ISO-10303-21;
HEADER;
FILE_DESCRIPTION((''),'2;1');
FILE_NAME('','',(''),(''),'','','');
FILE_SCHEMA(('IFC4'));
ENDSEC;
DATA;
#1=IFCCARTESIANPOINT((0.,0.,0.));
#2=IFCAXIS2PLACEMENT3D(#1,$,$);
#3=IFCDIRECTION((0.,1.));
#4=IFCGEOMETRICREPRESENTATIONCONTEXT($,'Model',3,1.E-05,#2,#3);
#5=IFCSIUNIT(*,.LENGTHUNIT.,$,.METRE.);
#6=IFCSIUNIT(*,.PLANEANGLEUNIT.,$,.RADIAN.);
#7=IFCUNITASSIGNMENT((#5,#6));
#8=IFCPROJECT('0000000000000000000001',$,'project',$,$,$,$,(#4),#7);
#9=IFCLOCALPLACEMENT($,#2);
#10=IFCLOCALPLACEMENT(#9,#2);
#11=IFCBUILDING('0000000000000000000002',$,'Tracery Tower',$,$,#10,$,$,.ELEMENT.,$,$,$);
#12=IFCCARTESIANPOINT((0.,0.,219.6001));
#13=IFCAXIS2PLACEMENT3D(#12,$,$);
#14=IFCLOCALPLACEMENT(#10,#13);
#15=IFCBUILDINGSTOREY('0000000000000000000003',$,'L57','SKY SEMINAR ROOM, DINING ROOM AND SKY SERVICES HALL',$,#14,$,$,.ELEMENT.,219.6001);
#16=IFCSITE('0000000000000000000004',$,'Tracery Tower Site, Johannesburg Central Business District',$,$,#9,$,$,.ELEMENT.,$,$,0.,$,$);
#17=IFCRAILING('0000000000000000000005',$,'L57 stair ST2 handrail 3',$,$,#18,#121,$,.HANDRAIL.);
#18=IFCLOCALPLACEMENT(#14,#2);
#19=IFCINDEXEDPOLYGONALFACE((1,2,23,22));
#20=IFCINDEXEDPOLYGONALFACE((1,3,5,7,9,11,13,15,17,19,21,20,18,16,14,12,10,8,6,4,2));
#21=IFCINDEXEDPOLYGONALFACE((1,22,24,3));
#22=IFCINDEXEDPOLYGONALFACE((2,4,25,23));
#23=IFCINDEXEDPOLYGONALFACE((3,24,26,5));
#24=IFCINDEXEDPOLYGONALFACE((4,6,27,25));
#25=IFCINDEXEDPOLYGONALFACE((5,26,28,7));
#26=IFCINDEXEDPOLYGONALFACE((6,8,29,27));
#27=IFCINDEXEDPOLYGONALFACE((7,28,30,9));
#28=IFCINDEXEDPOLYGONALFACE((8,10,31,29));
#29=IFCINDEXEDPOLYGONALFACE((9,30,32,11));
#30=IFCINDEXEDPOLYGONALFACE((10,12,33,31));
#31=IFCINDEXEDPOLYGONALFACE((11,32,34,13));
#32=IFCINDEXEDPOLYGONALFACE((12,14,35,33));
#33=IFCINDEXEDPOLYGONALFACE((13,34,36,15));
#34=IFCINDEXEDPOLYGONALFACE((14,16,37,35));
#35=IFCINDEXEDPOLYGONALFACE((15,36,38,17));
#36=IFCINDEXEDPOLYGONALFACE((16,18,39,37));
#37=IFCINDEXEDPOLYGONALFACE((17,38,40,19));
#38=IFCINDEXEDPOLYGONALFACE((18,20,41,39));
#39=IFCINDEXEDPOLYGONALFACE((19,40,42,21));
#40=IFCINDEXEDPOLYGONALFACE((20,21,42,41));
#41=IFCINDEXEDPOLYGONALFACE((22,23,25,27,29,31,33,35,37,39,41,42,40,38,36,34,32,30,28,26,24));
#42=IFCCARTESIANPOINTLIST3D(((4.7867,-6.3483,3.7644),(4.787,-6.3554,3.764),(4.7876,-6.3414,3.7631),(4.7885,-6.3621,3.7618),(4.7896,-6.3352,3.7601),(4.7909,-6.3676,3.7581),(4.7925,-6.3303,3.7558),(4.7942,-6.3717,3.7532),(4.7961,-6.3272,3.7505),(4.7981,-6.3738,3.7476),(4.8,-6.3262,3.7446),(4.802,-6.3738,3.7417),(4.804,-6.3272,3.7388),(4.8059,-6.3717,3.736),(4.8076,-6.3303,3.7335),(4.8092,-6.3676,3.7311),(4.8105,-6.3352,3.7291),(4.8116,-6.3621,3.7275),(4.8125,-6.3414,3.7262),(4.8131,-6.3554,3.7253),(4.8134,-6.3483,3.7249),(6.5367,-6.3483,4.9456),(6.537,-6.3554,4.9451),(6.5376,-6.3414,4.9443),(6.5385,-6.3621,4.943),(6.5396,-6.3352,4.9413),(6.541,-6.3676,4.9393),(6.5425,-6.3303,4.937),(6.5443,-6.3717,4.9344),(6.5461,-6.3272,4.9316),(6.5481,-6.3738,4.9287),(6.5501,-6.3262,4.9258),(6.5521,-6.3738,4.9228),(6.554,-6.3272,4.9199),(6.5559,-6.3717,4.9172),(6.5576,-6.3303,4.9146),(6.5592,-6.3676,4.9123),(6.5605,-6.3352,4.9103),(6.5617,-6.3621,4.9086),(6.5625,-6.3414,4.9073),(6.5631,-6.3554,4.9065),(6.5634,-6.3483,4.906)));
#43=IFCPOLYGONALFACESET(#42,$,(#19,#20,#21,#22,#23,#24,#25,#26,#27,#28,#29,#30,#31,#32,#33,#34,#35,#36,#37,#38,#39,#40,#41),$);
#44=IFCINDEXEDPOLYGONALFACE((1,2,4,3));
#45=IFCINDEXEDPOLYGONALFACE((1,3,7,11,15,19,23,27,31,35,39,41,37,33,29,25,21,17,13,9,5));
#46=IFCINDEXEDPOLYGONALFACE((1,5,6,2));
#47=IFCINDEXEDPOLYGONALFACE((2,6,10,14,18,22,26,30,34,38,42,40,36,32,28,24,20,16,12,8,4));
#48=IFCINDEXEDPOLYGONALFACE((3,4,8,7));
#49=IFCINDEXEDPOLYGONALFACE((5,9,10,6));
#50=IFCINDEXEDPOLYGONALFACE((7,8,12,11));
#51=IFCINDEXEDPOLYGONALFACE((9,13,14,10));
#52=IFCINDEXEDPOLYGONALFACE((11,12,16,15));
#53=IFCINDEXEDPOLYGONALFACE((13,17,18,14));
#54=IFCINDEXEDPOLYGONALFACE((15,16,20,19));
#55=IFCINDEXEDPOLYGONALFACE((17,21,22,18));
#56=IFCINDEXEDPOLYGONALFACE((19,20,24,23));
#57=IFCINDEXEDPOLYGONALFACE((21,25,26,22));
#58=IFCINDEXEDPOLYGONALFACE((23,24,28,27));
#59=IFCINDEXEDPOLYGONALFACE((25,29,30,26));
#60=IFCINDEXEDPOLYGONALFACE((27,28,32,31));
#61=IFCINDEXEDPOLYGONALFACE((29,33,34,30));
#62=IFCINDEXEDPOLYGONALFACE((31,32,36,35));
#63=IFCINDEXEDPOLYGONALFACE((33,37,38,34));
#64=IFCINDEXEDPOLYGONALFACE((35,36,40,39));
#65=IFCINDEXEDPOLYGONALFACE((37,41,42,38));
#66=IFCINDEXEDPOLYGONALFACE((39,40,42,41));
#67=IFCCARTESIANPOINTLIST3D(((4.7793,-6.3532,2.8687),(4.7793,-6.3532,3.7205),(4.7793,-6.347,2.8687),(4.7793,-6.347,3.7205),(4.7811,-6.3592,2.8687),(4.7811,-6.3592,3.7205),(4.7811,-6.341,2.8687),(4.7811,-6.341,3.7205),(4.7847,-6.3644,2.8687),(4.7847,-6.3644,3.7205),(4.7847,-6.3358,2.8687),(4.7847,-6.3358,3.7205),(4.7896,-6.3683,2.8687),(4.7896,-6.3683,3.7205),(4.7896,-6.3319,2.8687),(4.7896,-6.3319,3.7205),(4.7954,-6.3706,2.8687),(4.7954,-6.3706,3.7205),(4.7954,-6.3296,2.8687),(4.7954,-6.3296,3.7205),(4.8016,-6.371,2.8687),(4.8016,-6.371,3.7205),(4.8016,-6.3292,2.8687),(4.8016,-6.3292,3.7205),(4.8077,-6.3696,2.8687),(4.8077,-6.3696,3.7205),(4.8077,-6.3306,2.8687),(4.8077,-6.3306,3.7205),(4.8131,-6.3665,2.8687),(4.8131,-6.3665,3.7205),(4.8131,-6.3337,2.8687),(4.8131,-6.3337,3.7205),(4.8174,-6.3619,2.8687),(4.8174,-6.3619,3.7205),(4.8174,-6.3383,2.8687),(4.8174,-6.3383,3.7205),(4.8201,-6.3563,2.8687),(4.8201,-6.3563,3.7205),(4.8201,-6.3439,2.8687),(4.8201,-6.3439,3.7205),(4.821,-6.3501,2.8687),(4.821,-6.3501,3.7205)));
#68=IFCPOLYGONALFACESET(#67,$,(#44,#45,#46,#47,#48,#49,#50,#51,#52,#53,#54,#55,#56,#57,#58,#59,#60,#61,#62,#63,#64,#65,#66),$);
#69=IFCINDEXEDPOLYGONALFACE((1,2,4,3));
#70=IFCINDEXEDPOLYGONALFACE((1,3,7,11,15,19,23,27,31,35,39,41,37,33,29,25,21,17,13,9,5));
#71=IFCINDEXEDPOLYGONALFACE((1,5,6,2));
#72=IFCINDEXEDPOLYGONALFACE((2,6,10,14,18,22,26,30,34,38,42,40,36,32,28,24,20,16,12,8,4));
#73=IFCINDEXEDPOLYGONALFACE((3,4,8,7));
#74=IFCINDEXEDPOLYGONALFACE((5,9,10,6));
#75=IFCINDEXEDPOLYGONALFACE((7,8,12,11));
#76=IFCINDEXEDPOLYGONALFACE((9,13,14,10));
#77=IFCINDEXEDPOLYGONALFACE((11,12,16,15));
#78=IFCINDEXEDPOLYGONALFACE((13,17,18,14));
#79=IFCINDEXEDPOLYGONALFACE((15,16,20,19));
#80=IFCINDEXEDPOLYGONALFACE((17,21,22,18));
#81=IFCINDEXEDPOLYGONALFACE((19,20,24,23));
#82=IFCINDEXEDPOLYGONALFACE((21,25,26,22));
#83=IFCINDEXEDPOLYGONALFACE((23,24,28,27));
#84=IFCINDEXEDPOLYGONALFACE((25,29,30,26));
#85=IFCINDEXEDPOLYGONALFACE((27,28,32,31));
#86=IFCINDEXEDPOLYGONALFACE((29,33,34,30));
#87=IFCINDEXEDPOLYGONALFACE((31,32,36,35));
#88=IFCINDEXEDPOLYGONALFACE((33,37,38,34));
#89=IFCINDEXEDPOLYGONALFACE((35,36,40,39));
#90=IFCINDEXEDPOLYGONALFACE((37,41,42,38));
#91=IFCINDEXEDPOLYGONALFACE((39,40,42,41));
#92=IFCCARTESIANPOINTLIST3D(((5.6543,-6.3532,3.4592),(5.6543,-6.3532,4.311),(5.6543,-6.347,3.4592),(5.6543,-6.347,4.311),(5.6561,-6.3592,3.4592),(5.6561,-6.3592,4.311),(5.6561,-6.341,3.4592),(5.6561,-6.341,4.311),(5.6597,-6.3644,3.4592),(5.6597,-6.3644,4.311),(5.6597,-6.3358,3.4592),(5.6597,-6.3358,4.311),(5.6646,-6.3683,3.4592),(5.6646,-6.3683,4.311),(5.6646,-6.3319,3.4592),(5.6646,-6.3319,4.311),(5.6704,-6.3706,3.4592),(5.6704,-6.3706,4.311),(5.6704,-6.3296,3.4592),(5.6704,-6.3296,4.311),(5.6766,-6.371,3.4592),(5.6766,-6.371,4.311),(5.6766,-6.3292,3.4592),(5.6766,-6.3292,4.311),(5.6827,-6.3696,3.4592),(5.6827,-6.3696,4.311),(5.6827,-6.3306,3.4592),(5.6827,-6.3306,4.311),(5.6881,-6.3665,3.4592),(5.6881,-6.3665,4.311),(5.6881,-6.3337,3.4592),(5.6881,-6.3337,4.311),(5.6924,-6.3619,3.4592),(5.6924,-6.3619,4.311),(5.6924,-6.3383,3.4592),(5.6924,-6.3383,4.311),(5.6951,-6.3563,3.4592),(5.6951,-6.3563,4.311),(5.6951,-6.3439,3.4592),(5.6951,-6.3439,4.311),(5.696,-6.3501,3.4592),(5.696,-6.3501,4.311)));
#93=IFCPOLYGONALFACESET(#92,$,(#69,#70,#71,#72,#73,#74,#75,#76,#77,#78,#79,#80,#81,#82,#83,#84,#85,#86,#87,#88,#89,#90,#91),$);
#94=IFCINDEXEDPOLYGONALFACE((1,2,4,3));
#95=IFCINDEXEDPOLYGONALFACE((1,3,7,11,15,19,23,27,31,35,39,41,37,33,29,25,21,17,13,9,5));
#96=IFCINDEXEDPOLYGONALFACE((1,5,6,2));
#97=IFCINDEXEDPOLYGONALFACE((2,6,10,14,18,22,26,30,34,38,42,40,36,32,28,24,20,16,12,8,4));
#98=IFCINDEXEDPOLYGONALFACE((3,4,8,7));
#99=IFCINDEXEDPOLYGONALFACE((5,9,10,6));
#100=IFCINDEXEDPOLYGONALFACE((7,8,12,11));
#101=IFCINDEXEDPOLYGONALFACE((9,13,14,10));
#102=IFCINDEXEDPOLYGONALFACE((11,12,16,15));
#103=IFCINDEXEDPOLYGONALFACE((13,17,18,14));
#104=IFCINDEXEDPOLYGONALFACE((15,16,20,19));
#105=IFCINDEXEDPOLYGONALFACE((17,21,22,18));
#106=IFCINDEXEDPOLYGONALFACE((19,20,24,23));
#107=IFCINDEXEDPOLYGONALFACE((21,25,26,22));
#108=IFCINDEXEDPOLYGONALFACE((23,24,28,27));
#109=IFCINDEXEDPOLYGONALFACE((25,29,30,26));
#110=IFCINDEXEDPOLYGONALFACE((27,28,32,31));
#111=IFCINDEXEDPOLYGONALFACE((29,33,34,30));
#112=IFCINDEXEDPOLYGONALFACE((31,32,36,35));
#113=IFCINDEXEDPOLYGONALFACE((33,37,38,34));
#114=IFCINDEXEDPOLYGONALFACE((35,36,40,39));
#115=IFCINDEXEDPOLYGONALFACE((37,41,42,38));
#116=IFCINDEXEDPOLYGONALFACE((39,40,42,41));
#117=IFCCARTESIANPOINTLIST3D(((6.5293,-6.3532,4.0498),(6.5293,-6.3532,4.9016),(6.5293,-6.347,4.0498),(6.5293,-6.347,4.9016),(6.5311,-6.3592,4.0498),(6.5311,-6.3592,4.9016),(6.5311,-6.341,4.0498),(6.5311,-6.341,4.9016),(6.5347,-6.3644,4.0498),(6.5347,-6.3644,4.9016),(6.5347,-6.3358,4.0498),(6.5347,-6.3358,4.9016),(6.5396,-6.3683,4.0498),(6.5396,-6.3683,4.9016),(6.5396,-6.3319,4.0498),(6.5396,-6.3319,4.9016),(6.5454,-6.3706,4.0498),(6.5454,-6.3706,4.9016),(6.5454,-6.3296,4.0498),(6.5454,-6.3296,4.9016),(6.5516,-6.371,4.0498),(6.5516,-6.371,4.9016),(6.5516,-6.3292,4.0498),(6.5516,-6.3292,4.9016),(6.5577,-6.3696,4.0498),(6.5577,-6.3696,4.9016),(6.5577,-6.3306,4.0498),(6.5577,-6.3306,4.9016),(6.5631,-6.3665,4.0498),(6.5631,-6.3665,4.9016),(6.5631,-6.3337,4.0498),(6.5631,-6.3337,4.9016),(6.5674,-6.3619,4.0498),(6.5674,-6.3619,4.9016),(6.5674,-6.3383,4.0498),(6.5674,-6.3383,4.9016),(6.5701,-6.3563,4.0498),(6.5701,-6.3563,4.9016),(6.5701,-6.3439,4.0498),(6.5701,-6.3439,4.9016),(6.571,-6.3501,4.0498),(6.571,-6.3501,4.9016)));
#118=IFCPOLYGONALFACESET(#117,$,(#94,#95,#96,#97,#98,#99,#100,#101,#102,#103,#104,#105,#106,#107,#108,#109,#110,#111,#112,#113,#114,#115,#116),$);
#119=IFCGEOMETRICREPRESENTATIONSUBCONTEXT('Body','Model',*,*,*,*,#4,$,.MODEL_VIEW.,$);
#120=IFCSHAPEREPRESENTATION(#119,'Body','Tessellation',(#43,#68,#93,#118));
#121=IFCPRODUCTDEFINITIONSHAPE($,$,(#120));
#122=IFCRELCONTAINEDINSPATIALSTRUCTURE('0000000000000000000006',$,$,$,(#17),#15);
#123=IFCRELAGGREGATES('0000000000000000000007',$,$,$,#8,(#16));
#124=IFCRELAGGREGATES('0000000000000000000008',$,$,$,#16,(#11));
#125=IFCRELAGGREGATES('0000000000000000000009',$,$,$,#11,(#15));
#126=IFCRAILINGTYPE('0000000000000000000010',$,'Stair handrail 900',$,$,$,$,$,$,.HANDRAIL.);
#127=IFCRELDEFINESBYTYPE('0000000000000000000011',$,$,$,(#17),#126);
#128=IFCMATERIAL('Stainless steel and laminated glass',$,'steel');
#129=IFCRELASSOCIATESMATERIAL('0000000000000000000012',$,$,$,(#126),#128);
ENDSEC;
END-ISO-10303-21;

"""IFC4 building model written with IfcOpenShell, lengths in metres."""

from ifc_helpers import new_model, si_unit, direction, frame, origin, origin_2d, place, context, subcontext, project, spatial, circle, extrude, material, type_object, element, save


model = new_model("IFC4")

# Units and contexts
model_context = context("Model", 3, precision=1e-05, world=origin(), true_north=direction((0.0, 1.0)))
body_context = subcontext(model_context, "Body", "Model", "MODEL_VIEW")
ifc_project = project(units=[si_unit("LENGTHUNIT", "METRE"), si_unit("PLANEANGLEUNIT", "RADIAN")], contexts=[model_context])

# Site, building, storey
site_placement = place(None, origin())
site = spatial("IfcSite", under=ifc_project, at=site_placement, Name="Tracery Tower Site, Johannesburg Central Business District", CompositionType="ELEMENT", RefElevation=0.0)
building_placement = place(site_placement, origin())
building = spatial("IfcBuilding", under=site, at=building_placement, Name="Tracery Tower", CompositionType="ELEMENT")
storey_placement = place(building_placement, frame((0.0, 0.0, 219.6001)))
storey = spatial("IfcBuildingStorey", under=building, at=storey_placement, Name="L57", Description="SKY SEMINAR ROOM, DINING ROOM AND SKY SERVICES HALL", CompositionType="ELEMENT", Elevation=219.6001)

# Railing
ifc_material_1 = material(Name="Stainless steel and laminated glass", Category="steel")
railing_type_1 = type_object("IfcRailingType", Name="Stair handrail 900", PredefinedType="HANDRAIL", material=ifc_material_1)
railing_1_placement = place(storey_placement, frame((4.8, -6.3501, 2.8687)))
element("IfcRailing", 1, at=railing_1_placement, inside=storey, type_object=railing_type_1, Name="L57 stair ST2 handrail 3", PredefinedType="HANDRAIL", context=body_context, shape_type="SweptSolid", body=[
    extrude(circle(Radius=0.0239, at=origin_2d()), frame((0.0, 0.0, 0.876), z_axis=(0.82887, 0.0, 0.559441), x_axis=(0.0, 1.0, 0.0)), (0.0, 0.0, 1.0), 2.1113),
    extrude(circle(Radius=0.021, at=origin_2d()), origin(), (0.0, 0.0, 1.0), 0.8518),
    extrude(circle(Radius=0.021, at=origin_2d()), frame((0.875, 0.0, 0.5906)), (0.0, 0.0, 1.0), 0.8518),
    extrude(circle(Radius=0.021, at=origin_2d()), frame((1.75, 0.0, 1.1812)), (0.0, 0.0, 1.0), 0.8518),
])

save(model, "model.ifc")
